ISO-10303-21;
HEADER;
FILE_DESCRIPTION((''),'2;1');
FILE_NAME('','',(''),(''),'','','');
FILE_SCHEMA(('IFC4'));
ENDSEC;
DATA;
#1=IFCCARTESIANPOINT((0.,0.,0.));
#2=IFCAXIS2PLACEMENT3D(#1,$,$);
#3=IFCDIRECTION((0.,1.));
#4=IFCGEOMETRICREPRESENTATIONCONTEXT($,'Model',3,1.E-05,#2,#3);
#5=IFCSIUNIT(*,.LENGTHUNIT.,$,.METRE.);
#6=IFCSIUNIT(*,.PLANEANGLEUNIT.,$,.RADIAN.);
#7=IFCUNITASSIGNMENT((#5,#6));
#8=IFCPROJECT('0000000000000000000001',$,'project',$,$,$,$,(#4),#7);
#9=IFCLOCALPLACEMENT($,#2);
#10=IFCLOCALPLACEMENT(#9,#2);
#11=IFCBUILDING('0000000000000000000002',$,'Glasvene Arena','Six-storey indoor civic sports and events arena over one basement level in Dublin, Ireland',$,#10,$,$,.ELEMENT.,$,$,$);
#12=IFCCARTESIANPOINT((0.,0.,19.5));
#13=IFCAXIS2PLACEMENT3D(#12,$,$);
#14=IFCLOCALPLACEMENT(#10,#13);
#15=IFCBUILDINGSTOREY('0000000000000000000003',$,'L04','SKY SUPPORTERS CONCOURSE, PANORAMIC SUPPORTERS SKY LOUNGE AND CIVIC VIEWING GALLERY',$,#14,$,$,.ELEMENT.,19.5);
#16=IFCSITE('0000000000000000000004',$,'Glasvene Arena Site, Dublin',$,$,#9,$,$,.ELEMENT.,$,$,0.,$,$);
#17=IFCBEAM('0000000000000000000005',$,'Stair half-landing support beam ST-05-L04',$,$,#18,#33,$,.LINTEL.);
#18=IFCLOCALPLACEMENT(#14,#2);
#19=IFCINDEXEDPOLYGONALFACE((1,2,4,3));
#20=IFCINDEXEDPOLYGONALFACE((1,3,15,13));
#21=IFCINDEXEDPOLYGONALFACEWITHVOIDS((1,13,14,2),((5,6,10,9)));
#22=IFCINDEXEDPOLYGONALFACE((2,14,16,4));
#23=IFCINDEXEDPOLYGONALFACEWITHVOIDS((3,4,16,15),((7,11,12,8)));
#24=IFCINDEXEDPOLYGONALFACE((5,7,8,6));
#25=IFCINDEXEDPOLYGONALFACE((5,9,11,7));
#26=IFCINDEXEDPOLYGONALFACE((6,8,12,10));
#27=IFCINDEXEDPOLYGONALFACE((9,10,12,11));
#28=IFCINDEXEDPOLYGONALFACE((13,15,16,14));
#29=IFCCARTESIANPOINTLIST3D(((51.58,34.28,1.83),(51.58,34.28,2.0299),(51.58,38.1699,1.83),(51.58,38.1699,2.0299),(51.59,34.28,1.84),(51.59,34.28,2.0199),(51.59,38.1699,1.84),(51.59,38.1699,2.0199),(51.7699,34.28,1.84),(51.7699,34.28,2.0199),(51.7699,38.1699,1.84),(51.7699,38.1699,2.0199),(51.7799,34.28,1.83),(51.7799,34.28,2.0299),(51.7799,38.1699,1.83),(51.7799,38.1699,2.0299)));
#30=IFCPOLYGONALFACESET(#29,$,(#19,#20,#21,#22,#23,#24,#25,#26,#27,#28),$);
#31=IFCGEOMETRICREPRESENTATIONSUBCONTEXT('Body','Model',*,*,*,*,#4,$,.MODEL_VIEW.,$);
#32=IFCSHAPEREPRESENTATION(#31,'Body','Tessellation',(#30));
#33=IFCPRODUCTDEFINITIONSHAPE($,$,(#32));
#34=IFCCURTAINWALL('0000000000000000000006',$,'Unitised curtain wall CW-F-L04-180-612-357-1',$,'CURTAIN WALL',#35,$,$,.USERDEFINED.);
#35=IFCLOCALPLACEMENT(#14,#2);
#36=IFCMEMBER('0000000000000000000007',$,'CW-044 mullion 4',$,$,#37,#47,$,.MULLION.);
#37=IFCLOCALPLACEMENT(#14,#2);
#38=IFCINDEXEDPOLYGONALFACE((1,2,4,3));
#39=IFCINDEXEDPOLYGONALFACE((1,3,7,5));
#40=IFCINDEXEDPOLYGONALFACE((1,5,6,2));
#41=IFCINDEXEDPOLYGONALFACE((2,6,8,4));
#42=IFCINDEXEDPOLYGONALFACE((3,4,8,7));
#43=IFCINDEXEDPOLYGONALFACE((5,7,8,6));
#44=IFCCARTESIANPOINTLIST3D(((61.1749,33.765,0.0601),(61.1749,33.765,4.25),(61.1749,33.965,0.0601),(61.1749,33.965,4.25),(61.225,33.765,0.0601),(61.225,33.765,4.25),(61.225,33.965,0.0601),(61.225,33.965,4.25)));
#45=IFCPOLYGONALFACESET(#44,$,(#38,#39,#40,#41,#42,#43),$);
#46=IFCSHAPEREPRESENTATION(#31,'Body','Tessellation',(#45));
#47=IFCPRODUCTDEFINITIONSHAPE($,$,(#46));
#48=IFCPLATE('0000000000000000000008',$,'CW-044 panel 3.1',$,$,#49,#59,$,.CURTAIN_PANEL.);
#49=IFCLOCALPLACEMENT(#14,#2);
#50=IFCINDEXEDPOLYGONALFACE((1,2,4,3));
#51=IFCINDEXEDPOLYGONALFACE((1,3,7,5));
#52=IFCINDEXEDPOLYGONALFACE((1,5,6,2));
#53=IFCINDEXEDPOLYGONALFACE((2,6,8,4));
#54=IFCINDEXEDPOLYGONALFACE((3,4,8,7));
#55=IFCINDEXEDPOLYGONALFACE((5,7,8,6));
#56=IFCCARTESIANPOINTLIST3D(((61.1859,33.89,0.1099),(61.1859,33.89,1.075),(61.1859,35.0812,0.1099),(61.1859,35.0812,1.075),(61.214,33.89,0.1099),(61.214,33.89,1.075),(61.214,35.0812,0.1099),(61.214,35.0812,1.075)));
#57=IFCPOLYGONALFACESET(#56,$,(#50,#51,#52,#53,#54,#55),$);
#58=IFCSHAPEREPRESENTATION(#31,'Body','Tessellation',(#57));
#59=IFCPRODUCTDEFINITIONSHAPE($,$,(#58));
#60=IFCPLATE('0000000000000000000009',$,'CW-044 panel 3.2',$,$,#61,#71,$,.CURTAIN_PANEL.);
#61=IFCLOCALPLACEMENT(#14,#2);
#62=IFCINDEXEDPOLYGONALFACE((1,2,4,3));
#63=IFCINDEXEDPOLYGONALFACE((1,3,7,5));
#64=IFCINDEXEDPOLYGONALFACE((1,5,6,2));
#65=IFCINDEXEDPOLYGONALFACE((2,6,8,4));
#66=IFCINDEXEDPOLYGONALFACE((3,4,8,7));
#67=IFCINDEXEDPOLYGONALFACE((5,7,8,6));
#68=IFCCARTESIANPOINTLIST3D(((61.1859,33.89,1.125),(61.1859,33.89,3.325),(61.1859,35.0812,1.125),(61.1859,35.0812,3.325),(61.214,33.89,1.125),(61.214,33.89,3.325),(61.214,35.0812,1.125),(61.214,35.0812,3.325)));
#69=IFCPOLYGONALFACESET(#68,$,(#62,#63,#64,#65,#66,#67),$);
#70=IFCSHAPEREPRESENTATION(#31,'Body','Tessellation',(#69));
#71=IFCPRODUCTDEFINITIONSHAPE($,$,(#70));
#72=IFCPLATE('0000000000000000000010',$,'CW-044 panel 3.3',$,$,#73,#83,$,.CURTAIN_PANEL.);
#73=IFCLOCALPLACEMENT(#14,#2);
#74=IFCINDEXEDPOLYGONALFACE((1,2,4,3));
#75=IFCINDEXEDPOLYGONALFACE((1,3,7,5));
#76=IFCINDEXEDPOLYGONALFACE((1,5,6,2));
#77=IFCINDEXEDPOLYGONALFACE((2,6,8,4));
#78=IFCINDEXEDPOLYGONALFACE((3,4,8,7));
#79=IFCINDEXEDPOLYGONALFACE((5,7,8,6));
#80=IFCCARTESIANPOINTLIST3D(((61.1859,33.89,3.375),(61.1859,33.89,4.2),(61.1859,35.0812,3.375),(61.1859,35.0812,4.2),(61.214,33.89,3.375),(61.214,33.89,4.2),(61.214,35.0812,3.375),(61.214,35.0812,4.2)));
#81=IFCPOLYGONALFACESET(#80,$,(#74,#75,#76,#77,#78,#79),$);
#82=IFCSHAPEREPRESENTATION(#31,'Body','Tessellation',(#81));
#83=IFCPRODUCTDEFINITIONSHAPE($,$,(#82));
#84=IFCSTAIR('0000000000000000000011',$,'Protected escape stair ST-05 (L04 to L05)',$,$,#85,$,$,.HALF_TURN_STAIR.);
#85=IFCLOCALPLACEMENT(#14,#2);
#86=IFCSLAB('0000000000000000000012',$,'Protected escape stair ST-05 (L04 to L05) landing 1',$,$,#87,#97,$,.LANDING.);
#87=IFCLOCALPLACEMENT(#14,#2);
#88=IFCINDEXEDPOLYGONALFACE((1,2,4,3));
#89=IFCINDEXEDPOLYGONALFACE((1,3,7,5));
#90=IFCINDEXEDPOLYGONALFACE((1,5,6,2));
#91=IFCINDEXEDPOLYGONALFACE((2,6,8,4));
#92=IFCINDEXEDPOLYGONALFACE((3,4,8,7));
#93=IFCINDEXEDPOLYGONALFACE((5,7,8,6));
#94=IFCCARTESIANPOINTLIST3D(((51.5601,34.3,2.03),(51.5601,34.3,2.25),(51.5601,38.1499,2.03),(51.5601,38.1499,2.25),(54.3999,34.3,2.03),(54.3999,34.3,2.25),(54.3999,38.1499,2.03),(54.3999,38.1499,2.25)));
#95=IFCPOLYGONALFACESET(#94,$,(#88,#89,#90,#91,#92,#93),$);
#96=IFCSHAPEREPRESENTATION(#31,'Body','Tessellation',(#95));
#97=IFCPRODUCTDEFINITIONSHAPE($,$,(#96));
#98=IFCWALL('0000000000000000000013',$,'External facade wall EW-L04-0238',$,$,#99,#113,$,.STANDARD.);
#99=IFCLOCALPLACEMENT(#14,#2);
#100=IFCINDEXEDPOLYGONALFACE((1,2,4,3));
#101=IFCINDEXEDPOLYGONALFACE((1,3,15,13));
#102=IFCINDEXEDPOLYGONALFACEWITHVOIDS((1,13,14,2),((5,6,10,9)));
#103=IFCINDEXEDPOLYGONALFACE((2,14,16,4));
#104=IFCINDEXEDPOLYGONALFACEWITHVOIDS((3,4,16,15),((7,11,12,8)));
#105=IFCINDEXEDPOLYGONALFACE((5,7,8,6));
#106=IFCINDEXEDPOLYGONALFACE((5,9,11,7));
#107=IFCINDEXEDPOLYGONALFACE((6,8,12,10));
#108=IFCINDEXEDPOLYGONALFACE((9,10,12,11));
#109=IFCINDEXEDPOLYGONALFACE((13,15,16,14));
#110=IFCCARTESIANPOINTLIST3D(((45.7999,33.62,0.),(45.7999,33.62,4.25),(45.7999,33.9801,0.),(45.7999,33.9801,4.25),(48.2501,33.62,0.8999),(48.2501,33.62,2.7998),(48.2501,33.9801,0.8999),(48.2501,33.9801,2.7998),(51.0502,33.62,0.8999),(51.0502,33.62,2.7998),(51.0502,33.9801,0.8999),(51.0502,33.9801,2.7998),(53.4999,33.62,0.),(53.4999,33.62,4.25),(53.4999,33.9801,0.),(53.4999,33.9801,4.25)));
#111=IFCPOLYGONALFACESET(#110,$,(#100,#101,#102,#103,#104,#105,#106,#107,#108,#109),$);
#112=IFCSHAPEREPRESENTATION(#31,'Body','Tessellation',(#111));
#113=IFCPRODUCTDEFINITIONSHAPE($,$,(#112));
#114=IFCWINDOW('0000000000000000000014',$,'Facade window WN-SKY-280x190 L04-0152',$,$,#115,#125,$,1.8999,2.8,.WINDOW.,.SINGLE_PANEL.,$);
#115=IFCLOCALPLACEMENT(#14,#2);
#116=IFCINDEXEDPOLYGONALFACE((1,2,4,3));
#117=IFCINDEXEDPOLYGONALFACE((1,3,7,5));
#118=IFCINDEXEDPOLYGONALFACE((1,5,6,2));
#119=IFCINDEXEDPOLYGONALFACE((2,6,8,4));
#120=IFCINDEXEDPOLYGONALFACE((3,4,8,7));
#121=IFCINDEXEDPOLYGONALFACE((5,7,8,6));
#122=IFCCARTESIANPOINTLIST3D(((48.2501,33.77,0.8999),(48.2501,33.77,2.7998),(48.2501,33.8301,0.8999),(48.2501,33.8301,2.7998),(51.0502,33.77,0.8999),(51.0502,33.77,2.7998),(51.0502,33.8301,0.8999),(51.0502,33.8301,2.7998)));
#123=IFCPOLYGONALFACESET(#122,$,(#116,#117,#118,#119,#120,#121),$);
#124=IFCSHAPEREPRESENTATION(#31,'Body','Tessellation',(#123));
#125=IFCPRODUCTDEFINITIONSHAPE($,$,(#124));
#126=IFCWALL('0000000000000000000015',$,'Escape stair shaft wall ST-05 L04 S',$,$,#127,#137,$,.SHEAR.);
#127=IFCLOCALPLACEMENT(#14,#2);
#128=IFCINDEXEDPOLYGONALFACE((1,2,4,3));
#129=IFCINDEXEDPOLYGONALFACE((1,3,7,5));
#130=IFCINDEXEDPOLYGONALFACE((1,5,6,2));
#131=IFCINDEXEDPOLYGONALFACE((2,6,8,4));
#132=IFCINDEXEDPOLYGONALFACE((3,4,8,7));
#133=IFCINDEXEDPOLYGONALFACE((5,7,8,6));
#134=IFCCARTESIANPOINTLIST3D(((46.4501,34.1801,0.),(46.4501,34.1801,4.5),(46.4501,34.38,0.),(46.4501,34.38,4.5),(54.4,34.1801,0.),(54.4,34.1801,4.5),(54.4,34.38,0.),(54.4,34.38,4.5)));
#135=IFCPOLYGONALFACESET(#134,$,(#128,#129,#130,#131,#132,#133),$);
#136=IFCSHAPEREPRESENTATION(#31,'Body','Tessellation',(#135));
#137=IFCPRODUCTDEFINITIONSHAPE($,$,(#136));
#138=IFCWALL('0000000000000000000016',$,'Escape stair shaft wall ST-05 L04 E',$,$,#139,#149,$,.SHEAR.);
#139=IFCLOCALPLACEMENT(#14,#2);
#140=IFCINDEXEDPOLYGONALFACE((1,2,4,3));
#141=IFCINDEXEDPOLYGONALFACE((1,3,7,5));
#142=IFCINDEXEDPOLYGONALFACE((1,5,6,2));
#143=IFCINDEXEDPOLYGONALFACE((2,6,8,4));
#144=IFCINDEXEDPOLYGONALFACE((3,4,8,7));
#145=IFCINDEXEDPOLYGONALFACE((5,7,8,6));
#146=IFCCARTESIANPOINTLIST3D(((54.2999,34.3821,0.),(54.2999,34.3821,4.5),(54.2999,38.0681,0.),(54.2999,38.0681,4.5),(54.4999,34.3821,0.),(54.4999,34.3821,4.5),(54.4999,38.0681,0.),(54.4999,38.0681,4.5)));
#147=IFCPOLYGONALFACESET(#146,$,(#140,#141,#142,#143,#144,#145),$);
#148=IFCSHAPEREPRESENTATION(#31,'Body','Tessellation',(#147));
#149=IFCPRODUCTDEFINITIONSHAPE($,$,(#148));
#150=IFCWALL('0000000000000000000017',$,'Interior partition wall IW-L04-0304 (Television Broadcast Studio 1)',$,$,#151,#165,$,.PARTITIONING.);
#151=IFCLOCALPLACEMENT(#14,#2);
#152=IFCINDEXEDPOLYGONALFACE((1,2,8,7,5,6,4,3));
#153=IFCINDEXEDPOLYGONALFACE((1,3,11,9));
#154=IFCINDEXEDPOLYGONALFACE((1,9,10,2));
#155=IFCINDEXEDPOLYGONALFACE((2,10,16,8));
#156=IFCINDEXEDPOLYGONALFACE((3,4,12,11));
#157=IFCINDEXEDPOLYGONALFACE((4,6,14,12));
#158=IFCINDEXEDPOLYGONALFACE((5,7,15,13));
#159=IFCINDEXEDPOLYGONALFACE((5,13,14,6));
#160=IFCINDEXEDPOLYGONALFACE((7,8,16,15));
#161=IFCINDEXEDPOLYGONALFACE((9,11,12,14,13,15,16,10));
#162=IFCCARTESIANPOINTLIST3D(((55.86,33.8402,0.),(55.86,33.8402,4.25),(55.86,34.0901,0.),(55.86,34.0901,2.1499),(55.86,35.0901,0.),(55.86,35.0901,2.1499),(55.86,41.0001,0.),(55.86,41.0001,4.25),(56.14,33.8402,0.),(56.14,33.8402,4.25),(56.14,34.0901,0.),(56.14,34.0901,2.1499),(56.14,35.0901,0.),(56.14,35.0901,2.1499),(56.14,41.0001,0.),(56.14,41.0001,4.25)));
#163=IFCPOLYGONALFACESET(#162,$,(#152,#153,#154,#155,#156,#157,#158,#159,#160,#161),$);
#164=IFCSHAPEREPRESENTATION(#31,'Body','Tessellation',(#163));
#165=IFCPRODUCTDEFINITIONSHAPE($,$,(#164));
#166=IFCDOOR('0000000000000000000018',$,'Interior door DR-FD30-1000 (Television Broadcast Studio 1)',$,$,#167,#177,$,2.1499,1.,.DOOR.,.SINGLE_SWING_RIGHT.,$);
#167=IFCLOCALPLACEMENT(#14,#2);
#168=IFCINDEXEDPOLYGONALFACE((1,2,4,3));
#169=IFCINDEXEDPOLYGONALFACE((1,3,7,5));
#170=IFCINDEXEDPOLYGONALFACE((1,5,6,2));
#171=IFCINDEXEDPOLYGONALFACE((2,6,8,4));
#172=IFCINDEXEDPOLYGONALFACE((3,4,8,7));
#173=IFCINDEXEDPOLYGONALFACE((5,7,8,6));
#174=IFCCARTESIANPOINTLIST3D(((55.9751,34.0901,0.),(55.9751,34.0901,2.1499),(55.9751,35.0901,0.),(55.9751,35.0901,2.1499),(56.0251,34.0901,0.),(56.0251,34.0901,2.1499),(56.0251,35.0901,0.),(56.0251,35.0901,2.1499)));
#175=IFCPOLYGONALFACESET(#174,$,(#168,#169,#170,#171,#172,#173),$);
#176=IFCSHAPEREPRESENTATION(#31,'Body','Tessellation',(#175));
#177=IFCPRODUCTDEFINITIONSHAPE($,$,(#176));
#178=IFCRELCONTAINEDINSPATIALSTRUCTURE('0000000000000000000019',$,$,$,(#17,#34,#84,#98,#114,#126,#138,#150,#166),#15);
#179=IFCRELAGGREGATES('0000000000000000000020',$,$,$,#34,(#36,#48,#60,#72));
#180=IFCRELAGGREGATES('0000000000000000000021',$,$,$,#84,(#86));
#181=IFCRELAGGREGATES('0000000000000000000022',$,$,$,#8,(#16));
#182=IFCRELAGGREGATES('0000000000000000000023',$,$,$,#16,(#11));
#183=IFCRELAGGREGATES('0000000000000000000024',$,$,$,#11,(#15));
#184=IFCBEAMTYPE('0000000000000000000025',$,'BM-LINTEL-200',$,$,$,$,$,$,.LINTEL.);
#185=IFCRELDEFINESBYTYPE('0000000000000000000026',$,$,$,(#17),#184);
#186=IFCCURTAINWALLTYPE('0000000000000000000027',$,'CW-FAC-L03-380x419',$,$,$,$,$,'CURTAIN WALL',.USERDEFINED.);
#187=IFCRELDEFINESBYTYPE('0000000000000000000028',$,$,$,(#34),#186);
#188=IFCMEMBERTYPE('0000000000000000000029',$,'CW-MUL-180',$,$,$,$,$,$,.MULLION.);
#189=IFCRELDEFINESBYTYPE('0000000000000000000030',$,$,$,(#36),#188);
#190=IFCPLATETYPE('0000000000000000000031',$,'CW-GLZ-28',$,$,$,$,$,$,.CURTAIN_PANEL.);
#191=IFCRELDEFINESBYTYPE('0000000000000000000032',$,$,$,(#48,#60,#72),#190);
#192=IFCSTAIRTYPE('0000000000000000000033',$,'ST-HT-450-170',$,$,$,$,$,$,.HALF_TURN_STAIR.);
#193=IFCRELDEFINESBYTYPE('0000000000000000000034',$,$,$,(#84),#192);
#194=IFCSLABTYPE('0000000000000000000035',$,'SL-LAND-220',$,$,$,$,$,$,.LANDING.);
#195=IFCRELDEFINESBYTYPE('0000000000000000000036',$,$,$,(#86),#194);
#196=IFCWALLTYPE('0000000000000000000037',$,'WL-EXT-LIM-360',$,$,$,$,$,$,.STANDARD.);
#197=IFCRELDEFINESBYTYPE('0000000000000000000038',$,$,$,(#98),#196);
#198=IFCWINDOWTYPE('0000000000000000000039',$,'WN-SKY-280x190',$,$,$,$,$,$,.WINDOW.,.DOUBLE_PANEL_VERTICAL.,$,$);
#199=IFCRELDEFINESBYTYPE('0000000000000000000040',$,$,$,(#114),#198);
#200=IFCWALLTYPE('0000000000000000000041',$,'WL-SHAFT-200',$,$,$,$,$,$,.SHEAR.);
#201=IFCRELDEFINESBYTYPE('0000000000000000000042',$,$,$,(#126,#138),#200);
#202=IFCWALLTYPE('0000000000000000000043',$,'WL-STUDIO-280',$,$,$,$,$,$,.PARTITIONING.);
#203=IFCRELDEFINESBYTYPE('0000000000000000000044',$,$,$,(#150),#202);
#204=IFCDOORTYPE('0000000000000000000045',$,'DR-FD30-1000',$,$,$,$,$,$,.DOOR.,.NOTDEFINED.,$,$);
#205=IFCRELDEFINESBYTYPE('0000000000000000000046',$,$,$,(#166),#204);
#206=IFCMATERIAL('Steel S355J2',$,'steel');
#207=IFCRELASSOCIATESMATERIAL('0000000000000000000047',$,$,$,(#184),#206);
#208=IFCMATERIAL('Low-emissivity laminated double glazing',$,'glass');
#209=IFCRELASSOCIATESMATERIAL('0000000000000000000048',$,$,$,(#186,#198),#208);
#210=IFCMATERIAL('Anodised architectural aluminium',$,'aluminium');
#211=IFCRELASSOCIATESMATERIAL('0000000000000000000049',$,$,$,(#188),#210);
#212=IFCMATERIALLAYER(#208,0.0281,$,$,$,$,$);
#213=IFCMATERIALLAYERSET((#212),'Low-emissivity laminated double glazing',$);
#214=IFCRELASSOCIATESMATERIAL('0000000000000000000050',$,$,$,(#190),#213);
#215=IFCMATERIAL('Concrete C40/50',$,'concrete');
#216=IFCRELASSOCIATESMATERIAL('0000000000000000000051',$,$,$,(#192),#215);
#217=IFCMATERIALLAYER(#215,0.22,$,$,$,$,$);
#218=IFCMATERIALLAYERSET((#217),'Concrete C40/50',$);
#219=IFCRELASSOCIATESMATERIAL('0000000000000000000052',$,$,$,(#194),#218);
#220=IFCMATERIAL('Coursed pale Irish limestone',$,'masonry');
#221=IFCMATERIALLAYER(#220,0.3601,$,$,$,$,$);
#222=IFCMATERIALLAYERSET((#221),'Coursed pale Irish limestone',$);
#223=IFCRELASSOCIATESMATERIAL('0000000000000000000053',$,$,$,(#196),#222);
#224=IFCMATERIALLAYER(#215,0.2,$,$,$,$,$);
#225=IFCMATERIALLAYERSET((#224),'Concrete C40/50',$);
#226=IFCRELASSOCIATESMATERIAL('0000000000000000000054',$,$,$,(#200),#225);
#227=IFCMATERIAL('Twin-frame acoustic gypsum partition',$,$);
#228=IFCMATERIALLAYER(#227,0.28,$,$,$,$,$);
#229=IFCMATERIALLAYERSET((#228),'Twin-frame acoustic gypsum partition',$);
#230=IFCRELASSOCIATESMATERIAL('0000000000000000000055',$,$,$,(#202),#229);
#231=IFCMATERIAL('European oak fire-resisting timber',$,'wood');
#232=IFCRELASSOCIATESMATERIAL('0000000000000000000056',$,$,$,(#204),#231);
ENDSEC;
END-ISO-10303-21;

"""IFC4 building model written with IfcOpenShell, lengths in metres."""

from ifc_helpers import new_model, si_unit, direction, frame, frame_2d, origin, origin_2d, place, context, subcontext, project, spatial, polyline, rectangle, hollow_rectangle, outline, extrude, material, layer, layer_set, material_profile, profile_set, type_object, element, fill, aggregate, save


model = new_model("IFC4")

# Units and contexts
model_context = context("Model", 3, precision=1e-05, world=origin(), true_north=direction((0.0, 1.0)))
body_context = subcontext(model_context, "Body", "Model", "MODEL_VIEW")
ifc_project = project(units=[si_unit("LENGTHUNIT", "METRE"), si_unit("PLANEANGLEUNIT", "RADIAN")], contexts=[model_context])

# Site, building, storey
site_placement = place(None, origin())
site = spatial("IfcSite", under=ifc_project, at=site_placement, Name="Glasvene Arena Site, Dublin", CompositionType="ELEMENT", RefElevation=0.0)
building_placement = place(site_placement, origin())
building = spatial("IfcBuilding", under=site, at=building_placement, Name="Glasvene Arena", Description="Six-storey indoor civic sports and events arena over one basement level in Dublin, Ireland", CompositionType="ELEMENT")
storey_placement = place(building_placement, frame((0.0, 0.0, 19.5)))
storey = spatial("IfcBuildingStorey", under=building, at=storey_placement, Name="L04", Description="SKY SUPPORTERS CONCOURSE, PANORAMIC SUPPORTERS SKY LOUNGE AND CIVIC VIEWING GALLERY", CompositionType="ELEMENT", Elevation=19.5)

# Beam
ifc_material_1 = material(Name="Steel S355J2", Category="steel")
ifc_material_profile_1 = material_profile(ifc_material_1, hollow_rectangle(XDim=0.2, YDim=0.2, WallThickness=0.01, at=origin_2d()), Name="SHS 200x200x10.0")
ifc_profile_set_1 = profile_set([ifc_material_profile_1], Name="Steel S355J2")
beam_type = type_object("IfcBeamType", Name="BM-LINTEL-200", PredefinedType="LINTEL", material=ifc_profile_set_1)
beam_placement = place(storey_placement, frame((51.6799, 34.28, 1.9299), z_axis=(0.0, 1.0, 0.0), x_axis=(-1.0, 0.0, 0.0)))
element("IfcBeam", 1, at=beam_placement, inside=storey, type_object=beam_type, Name="Stair half-landing support beam ST-05-L04", PredefinedType="LINTEL", context=body_context, shape_type="SweptSolid", body=[
    extrude(hollow_rectangle(XDim=0.2, YDim=0.2, WallThickness=0.01, at=origin_2d()), origin(), (0.0, 0.0, 1.0), 3.8899),
])

# Curtain wall, member, plates
ifc_material_2 = material(Name="Low-emissivity laminated double glazing", Category="glass")
curtain_wall_type = type_object("IfcCurtainWallType", Name="CW-FAC-L03-380x419", ElementType="CURTAIN WALL", PredefinedType="USERDEFINED", material=ifc_material_2)
curtain_wall_placement = place(storey_placement, frame((61.2, 37.6387, 0.0)))
curtain_wall = element("IfcCurtainWall", 2, at=curtain_wall_placement, inside=storey, type_object=curtain_wall_type, Name="Unitised curtain wall CW-F-L04-180-612-357-1", ObjectType="CURTAIN WALL", PredefinedType="USERDEFINED")
ifc_material_3 = material(Name="Anodised architectural aluminium", Category="aluminium")
ifc_material_profile_2 = material_profile(ifc_material_3, rectangle(XDim=0.05, YDim=0.2, at=origin_2d()), Name="ALU MULLION 50x200")
ifc_profile_set_2 = profile_set([ifc_material_profile_2], Name="Anodised architectural aluminium")
member_type = type_object("IfcMemberType", Name="CW-MUL-180", PredefinedType="MULLION", material=ifc_profile_set_2)
member_placement = place(storey_placement, frame((61.2, 33.865, 0.0601), z_axis=(0.0, 0.0, 1.0), x_axis=(1.0, 0.0, 0.0)))
member = element("IfcMember", 3, at=member_placement, type_object=member_type, Name="CW-044 mullion 4", PredefinedType="MULLION", context=body_context, shape_type="SweptSolid", body=[
    extrude(rectangle(XDim=0.05, YDim=0.2, at=origin_2d()), origin(), (0.0, 0.0, 1.0), 4.1899),
])
ifc_layer_1 = layer(ifc_material_2, 0.0281)
ifc_layer_set_1 = layer_set([ifc_layer_1], Name="Low-emissivity laminated double glazing")
plate_type = type_object("IfcPlateType", Name="CW-GLZ-28", PredefinedType="CURTAIN_PANEL", material=ifc_layer_set_1)
plate_1_placement = place(storey_placement, frame((61.2, 34.4856, 0.1099), z_axis=(0.0, 0.0, 1.0), x_axis=(0.0, -1.0, 0.0)))
plate_1 = element("IfcPlate", 4, at=plate_1_placement, type_object=plate_type, Name="CW-044 panel 3.1", PredefinedType="CURTAIN_PANEL", context=body_context, shape_type="SweptSolid", body=[
    extrude(rectangle(XDim=1.1912, YDim=0.0281, at=origin_2d()), origin(), (0.0, 0.0, 1.0), 0.9651),
])
plate_2_placement = place(storey_placement, frame((61.2, 34.4856, 1.125), z_axis=(0.0, 0.0, 1.0), x_axis=(0.0, -1.0, 0.0)))
plate_2 = element("IfcPlate", 5, at=plate_2_placement, type_object=plate_type, Name="CW-044 panel 3.2", PredefinedType="CURTAIN_PANEL", context=body_context, shape_type="SweptSolid", body=[
    extrude(rectangle(XDim=1.1912, YDim=0.0281, at=origin_2d()), origin(), (0.0, 0.0, 1.0), 2.2),
])
plate_3_placement = place(storey_placement, frame((61.2, 34.4856, 3.375), z_axis=(0.0, 0.0, 1.0), x_axis=(0.0, -1.0, 0.0)))
plate_3 = element("IfcPlate", 6, at=plate_3_placement, type_object=plate_type, Name="CW-044 panel 3.3", PredefinedType="CURTAIN_PANEL", context=body_context, shape_type="SweptSolid", body=[
    extrude(rectangle(XDim=1.1912, YDim=0.0281, at=origin_2d()), origin(), (0.0, 0.0, 1.0), 0.825),
])
aggregate(curtain_wall, [member, plate_1, plate_2, plate_3])

# Stair, slab
ifc_material_4 = material(Name="Concrete C40/50", Category="concrete")
stair_type = type_object("IfcStairType", Name="ST-HT-450-170", PredefinedType="HALF_TURN_STAIR", material=ifc_material_4)
stair_placement = place(storey_placement, origin())
stair = element("IfcStair", 7, at=stair_placement, inside=storey, type_object=stair_type, Name="Protected escape stair ST-05 (L04 to L05)", PredefinedType="HALF_TURN_STAIR")
ifc_layer_2 = layer(ifc_material_4, 0.22)
ifc_layer_set_2 = layer_set([ifc_layer_2], Name="Concrete C40/50")
slab_type = type_object("IfcSlabType", Name="SL-LAND-220", PredefinedType="LANDING", material=ifc_layer_set_2)
slab_placement = place(storey_placement, frame((52.98, 36.2251, 2.03)))
slab = element("IfcSlab", 8, at=slab_placement, type_object=slab_type, Name="Protected escape stair ST-05 (L04 to L05) landing 1", PredefinedType="LANDING", context=body_context, shape_type="SweptSolid", body=[
    extrude(outline(polyline([(-1.4199, -1.925), (1.4199, -1.925), (1.4199, 1.9248), (-1.4199, 1.9248), (-1.4199, -1.925)])), origin(), (0.0, 0.0, 1.0), 0.22),
])

# Shared definitions
ifc_material_5 = material(Name="Coursed pale Irish limestone", Category="masonry")
ifc_layer_3 = layer(ifc_material_5, 0.3601)
ifc_layer_set_3 = layer_set([ifc_layer_3], Name="Coursed pale Irish limestone")
wall_type_1 = type_object("IfcWallType", Name="WL-EXT-LIM-360", PredefinedType="STANDARD", material=ifc_layer_set_3)

# Wall, opening, window
wall_1_placement = place(storey_placement, frame((53.5, 33.8, 0.0), z_axis=(0.0, 0.0, 1.0), x_axis=(-1.0, 0.0, 0.0)))
wall_1 = element("IfcWall", 9, at=wall_1_placement, inside=storey, type_object=wall_type_1, Name="External facade wall EW-L04-0238", PredefinedType="STANDARD", context=body_context, shape_type="SweptSolid", body=[
    extrude(rectangle(XDim=7.7, YDim=0.3601, at=frame_2d((3.8501, 0.0))), origin(), (0.0, 0.0, 1.0), 4.25),
])
opening_1_placement = place(wall_1_placement, frame((2.45, 0.0, 0.8999)))
opening_1 = element("IfcOpeningElement", 10, at=opening_1_placement, cuts=wall_1, PredefinedType="OPENING", context=body_context, shape_type="SweptSolid", body=[
    extrude(rectangle(XDim=2.8, YDim=1.8999, at=frame_2d((1.3999, 0.95))), frame((0.0, 0.1899, 0.0), z_axis=(0.0, -1.0, 0.0), x_axis=(1.0, 0.0, 0.0)), (0.0, 0.0, 1.0), 0.3801),
])
window_type = type_object("IfcWindowType", Name="WN-SKY-280x190", PartitioningType="DOUBLE_PANEL_VERTICAL", PredefinedType="WINDOW", material=ifc_material_2)
window_placement = place(opening_1_placement, origin())
window = element("IfcWindow", 11, at=window_placement, inside=storey, type_object=window_type, Name="Facade window WN-SKY-280x190 L04-0152", OverallHeight=1.8999, OverallWidth=2.8, PartitioningType="SINGLE_PANEL", PredefinedType="WINDOW", context=body_context, shape_type="SweptSolid", body=[
    extrude(rectangle(XDim=2.8, YDim=1.8999, at=frame_2d((1.3999, 0.95))), frame((0.0, 0.03, 0.0), z_axis=(0.0, -1.0, 0.0), x_axis=(1.0, 0.0, 0.0)), (0.0, 0.0, 1.0), 0.0601),
])
fill(opening_1, window)

# Wall
ifc_layer_4 = layer(ifc_material_4, 0.2)
ifc_layer_set_4 = layer_set([ifc_layer_4], Name="Concrete C40/50")
wall_type_2 = type_object("IfcWallType", Name="WL-SHAFT-200", PredefinedType="SHEAR", material=ifc_layer_set_4)
wall_2_placement = place(storey_placement, frame((46.45, 34.28, 0.0), z_axis=(0.0, 0.0, 1.0), x_axis=(1.0, 0.0, 0.0)))
element("IfcWall", 12, at=wall_2_placement, inside=storey, type_object=wall_type_2, Name="Escape stair shaft wall ST-05 L04 S", PredefinedType="SHEAR", context=body_context, shape_type="SweptSolid", body=[
    extrude(rectangle(XDim=7.95, YDim=0.2, at=frame_2d((3.9751, 0.0))), origin(), (0.0, 0.0, 1.0), 4.5),
])

# Wall
wall_3_placement = place(storey_placement, frame((54.3999, 34.3821, 0.0), z_axis=(0.0, 0.0, 1.0), x_axis=(0.0, 1.0, 0.0)))
element("IfcWall", 13, at=wall_3_placement, inside=storey, type_object=wall_type_2, Name="Escape stair shaft wall ST-05 L04 E", PredefinedType="SHEAR", context=body_context, shape_type="SweptSolid", body=[
    extrude(rectangle(XDim=3.686, YDim=0.2, at=frame_2d((1.843, 0.0))), origin(), (0.0, 0.0, 1.0), 4.5),
])

# Wall, opening, door
ifc_material_6 = material(Name="Twin-frame acoustic gypsum partition")
ifc_layer_5 = layer(ifc_material_6, 0.28)
ifc_layer_set_5 = layer_set([ifc_layer_5], Name="Twin-frame acoustic gypsum partition")
wall_type_3 = type_object("IfcWallType", Name="WL-STUDIO-280", PredefinedType="PARTITIONING", material=ifc_layer_set_5)
wall_4_placement = place(storey_placement, frame((56.0, 33.8401, 0.0), z_axis=(0.0, 0.0, 1.0), x_axis=(0.0, 1.0, 0.0)))
wall_4 = element("IfcWall", 14, at=wall_4_placement, inside=storey, type_object=wall_type_3, Name="Interior partition wall IW-L04-0304 (Television Broadcast Studio 1)", PredefinedType="PARTITIONING", context=body_context, shape_type="SweptSolid", body=[
    extrude(rectangle(XDim=7.1599, YDim=0.28, at=frame_2d((3.5801, 0.0))), origin(), (0.0, 0.0, 1.0), 4.25),
])
opening_2_placement = place(wall_4_placement, frame((0.25, 0.0, 0.0)))
opening_2 = element("IfcOpeningElement", 15, at=opening_2_placement, cuts=wall_4, PredefinedType="OPENING", context=body_context, shape_type="SweptSolid", body=[
    extrude(rectangle(XDim=1.0, YDim=2.1499, at=frame_2d((0.5, 1.075))), frame((0.0, 0.1499, 0.0), z_axis=(0.0, -1.0, 0.0), x_axis=(1.0, 0.0, 0.0)), (0.0, 0.0, 1.0), 0.3),
])
ifc_material_7 = material(Name="European oak fire-resisting timber", Category="wood")
door_type_1 = type_object("IfcDoorType", Name="DR-FD30-1000", OperationType="NOTDEFINED", PredefinedType="DOOR", material=ifc_material_7)
door_1_placement = place(opening_2_placement, origin())
door_1 = element("IfcDoor", 16, at=door_1_placement, inside=storey, type_object=door_type_1, Name="Interior door DR-FD30-1000 (Television Broadcast Studio 1)", OperationType="SINGLE_SWING_RIGHT", OverallHeight=2.1499, OverallWidth=1.0, PredefinedType="DOOR", context=body_context, shape_type="SweptSolid", body=[
    extrude(rectangle(XDim=1.0, YDim=2.1499, at=frame_2d((0.5, 1.075))), frame((0.0, 0.0249, 0.0), z_axis=(0.0, -1.0, 0.0), x_axis=(1.0, 0.0, 0.0)), (0.0, 0.0, 1.0), 0.05),
])
fill(opening_2, door_1)

aggregate(stair, [slab])

save(model, "model.ifc")
